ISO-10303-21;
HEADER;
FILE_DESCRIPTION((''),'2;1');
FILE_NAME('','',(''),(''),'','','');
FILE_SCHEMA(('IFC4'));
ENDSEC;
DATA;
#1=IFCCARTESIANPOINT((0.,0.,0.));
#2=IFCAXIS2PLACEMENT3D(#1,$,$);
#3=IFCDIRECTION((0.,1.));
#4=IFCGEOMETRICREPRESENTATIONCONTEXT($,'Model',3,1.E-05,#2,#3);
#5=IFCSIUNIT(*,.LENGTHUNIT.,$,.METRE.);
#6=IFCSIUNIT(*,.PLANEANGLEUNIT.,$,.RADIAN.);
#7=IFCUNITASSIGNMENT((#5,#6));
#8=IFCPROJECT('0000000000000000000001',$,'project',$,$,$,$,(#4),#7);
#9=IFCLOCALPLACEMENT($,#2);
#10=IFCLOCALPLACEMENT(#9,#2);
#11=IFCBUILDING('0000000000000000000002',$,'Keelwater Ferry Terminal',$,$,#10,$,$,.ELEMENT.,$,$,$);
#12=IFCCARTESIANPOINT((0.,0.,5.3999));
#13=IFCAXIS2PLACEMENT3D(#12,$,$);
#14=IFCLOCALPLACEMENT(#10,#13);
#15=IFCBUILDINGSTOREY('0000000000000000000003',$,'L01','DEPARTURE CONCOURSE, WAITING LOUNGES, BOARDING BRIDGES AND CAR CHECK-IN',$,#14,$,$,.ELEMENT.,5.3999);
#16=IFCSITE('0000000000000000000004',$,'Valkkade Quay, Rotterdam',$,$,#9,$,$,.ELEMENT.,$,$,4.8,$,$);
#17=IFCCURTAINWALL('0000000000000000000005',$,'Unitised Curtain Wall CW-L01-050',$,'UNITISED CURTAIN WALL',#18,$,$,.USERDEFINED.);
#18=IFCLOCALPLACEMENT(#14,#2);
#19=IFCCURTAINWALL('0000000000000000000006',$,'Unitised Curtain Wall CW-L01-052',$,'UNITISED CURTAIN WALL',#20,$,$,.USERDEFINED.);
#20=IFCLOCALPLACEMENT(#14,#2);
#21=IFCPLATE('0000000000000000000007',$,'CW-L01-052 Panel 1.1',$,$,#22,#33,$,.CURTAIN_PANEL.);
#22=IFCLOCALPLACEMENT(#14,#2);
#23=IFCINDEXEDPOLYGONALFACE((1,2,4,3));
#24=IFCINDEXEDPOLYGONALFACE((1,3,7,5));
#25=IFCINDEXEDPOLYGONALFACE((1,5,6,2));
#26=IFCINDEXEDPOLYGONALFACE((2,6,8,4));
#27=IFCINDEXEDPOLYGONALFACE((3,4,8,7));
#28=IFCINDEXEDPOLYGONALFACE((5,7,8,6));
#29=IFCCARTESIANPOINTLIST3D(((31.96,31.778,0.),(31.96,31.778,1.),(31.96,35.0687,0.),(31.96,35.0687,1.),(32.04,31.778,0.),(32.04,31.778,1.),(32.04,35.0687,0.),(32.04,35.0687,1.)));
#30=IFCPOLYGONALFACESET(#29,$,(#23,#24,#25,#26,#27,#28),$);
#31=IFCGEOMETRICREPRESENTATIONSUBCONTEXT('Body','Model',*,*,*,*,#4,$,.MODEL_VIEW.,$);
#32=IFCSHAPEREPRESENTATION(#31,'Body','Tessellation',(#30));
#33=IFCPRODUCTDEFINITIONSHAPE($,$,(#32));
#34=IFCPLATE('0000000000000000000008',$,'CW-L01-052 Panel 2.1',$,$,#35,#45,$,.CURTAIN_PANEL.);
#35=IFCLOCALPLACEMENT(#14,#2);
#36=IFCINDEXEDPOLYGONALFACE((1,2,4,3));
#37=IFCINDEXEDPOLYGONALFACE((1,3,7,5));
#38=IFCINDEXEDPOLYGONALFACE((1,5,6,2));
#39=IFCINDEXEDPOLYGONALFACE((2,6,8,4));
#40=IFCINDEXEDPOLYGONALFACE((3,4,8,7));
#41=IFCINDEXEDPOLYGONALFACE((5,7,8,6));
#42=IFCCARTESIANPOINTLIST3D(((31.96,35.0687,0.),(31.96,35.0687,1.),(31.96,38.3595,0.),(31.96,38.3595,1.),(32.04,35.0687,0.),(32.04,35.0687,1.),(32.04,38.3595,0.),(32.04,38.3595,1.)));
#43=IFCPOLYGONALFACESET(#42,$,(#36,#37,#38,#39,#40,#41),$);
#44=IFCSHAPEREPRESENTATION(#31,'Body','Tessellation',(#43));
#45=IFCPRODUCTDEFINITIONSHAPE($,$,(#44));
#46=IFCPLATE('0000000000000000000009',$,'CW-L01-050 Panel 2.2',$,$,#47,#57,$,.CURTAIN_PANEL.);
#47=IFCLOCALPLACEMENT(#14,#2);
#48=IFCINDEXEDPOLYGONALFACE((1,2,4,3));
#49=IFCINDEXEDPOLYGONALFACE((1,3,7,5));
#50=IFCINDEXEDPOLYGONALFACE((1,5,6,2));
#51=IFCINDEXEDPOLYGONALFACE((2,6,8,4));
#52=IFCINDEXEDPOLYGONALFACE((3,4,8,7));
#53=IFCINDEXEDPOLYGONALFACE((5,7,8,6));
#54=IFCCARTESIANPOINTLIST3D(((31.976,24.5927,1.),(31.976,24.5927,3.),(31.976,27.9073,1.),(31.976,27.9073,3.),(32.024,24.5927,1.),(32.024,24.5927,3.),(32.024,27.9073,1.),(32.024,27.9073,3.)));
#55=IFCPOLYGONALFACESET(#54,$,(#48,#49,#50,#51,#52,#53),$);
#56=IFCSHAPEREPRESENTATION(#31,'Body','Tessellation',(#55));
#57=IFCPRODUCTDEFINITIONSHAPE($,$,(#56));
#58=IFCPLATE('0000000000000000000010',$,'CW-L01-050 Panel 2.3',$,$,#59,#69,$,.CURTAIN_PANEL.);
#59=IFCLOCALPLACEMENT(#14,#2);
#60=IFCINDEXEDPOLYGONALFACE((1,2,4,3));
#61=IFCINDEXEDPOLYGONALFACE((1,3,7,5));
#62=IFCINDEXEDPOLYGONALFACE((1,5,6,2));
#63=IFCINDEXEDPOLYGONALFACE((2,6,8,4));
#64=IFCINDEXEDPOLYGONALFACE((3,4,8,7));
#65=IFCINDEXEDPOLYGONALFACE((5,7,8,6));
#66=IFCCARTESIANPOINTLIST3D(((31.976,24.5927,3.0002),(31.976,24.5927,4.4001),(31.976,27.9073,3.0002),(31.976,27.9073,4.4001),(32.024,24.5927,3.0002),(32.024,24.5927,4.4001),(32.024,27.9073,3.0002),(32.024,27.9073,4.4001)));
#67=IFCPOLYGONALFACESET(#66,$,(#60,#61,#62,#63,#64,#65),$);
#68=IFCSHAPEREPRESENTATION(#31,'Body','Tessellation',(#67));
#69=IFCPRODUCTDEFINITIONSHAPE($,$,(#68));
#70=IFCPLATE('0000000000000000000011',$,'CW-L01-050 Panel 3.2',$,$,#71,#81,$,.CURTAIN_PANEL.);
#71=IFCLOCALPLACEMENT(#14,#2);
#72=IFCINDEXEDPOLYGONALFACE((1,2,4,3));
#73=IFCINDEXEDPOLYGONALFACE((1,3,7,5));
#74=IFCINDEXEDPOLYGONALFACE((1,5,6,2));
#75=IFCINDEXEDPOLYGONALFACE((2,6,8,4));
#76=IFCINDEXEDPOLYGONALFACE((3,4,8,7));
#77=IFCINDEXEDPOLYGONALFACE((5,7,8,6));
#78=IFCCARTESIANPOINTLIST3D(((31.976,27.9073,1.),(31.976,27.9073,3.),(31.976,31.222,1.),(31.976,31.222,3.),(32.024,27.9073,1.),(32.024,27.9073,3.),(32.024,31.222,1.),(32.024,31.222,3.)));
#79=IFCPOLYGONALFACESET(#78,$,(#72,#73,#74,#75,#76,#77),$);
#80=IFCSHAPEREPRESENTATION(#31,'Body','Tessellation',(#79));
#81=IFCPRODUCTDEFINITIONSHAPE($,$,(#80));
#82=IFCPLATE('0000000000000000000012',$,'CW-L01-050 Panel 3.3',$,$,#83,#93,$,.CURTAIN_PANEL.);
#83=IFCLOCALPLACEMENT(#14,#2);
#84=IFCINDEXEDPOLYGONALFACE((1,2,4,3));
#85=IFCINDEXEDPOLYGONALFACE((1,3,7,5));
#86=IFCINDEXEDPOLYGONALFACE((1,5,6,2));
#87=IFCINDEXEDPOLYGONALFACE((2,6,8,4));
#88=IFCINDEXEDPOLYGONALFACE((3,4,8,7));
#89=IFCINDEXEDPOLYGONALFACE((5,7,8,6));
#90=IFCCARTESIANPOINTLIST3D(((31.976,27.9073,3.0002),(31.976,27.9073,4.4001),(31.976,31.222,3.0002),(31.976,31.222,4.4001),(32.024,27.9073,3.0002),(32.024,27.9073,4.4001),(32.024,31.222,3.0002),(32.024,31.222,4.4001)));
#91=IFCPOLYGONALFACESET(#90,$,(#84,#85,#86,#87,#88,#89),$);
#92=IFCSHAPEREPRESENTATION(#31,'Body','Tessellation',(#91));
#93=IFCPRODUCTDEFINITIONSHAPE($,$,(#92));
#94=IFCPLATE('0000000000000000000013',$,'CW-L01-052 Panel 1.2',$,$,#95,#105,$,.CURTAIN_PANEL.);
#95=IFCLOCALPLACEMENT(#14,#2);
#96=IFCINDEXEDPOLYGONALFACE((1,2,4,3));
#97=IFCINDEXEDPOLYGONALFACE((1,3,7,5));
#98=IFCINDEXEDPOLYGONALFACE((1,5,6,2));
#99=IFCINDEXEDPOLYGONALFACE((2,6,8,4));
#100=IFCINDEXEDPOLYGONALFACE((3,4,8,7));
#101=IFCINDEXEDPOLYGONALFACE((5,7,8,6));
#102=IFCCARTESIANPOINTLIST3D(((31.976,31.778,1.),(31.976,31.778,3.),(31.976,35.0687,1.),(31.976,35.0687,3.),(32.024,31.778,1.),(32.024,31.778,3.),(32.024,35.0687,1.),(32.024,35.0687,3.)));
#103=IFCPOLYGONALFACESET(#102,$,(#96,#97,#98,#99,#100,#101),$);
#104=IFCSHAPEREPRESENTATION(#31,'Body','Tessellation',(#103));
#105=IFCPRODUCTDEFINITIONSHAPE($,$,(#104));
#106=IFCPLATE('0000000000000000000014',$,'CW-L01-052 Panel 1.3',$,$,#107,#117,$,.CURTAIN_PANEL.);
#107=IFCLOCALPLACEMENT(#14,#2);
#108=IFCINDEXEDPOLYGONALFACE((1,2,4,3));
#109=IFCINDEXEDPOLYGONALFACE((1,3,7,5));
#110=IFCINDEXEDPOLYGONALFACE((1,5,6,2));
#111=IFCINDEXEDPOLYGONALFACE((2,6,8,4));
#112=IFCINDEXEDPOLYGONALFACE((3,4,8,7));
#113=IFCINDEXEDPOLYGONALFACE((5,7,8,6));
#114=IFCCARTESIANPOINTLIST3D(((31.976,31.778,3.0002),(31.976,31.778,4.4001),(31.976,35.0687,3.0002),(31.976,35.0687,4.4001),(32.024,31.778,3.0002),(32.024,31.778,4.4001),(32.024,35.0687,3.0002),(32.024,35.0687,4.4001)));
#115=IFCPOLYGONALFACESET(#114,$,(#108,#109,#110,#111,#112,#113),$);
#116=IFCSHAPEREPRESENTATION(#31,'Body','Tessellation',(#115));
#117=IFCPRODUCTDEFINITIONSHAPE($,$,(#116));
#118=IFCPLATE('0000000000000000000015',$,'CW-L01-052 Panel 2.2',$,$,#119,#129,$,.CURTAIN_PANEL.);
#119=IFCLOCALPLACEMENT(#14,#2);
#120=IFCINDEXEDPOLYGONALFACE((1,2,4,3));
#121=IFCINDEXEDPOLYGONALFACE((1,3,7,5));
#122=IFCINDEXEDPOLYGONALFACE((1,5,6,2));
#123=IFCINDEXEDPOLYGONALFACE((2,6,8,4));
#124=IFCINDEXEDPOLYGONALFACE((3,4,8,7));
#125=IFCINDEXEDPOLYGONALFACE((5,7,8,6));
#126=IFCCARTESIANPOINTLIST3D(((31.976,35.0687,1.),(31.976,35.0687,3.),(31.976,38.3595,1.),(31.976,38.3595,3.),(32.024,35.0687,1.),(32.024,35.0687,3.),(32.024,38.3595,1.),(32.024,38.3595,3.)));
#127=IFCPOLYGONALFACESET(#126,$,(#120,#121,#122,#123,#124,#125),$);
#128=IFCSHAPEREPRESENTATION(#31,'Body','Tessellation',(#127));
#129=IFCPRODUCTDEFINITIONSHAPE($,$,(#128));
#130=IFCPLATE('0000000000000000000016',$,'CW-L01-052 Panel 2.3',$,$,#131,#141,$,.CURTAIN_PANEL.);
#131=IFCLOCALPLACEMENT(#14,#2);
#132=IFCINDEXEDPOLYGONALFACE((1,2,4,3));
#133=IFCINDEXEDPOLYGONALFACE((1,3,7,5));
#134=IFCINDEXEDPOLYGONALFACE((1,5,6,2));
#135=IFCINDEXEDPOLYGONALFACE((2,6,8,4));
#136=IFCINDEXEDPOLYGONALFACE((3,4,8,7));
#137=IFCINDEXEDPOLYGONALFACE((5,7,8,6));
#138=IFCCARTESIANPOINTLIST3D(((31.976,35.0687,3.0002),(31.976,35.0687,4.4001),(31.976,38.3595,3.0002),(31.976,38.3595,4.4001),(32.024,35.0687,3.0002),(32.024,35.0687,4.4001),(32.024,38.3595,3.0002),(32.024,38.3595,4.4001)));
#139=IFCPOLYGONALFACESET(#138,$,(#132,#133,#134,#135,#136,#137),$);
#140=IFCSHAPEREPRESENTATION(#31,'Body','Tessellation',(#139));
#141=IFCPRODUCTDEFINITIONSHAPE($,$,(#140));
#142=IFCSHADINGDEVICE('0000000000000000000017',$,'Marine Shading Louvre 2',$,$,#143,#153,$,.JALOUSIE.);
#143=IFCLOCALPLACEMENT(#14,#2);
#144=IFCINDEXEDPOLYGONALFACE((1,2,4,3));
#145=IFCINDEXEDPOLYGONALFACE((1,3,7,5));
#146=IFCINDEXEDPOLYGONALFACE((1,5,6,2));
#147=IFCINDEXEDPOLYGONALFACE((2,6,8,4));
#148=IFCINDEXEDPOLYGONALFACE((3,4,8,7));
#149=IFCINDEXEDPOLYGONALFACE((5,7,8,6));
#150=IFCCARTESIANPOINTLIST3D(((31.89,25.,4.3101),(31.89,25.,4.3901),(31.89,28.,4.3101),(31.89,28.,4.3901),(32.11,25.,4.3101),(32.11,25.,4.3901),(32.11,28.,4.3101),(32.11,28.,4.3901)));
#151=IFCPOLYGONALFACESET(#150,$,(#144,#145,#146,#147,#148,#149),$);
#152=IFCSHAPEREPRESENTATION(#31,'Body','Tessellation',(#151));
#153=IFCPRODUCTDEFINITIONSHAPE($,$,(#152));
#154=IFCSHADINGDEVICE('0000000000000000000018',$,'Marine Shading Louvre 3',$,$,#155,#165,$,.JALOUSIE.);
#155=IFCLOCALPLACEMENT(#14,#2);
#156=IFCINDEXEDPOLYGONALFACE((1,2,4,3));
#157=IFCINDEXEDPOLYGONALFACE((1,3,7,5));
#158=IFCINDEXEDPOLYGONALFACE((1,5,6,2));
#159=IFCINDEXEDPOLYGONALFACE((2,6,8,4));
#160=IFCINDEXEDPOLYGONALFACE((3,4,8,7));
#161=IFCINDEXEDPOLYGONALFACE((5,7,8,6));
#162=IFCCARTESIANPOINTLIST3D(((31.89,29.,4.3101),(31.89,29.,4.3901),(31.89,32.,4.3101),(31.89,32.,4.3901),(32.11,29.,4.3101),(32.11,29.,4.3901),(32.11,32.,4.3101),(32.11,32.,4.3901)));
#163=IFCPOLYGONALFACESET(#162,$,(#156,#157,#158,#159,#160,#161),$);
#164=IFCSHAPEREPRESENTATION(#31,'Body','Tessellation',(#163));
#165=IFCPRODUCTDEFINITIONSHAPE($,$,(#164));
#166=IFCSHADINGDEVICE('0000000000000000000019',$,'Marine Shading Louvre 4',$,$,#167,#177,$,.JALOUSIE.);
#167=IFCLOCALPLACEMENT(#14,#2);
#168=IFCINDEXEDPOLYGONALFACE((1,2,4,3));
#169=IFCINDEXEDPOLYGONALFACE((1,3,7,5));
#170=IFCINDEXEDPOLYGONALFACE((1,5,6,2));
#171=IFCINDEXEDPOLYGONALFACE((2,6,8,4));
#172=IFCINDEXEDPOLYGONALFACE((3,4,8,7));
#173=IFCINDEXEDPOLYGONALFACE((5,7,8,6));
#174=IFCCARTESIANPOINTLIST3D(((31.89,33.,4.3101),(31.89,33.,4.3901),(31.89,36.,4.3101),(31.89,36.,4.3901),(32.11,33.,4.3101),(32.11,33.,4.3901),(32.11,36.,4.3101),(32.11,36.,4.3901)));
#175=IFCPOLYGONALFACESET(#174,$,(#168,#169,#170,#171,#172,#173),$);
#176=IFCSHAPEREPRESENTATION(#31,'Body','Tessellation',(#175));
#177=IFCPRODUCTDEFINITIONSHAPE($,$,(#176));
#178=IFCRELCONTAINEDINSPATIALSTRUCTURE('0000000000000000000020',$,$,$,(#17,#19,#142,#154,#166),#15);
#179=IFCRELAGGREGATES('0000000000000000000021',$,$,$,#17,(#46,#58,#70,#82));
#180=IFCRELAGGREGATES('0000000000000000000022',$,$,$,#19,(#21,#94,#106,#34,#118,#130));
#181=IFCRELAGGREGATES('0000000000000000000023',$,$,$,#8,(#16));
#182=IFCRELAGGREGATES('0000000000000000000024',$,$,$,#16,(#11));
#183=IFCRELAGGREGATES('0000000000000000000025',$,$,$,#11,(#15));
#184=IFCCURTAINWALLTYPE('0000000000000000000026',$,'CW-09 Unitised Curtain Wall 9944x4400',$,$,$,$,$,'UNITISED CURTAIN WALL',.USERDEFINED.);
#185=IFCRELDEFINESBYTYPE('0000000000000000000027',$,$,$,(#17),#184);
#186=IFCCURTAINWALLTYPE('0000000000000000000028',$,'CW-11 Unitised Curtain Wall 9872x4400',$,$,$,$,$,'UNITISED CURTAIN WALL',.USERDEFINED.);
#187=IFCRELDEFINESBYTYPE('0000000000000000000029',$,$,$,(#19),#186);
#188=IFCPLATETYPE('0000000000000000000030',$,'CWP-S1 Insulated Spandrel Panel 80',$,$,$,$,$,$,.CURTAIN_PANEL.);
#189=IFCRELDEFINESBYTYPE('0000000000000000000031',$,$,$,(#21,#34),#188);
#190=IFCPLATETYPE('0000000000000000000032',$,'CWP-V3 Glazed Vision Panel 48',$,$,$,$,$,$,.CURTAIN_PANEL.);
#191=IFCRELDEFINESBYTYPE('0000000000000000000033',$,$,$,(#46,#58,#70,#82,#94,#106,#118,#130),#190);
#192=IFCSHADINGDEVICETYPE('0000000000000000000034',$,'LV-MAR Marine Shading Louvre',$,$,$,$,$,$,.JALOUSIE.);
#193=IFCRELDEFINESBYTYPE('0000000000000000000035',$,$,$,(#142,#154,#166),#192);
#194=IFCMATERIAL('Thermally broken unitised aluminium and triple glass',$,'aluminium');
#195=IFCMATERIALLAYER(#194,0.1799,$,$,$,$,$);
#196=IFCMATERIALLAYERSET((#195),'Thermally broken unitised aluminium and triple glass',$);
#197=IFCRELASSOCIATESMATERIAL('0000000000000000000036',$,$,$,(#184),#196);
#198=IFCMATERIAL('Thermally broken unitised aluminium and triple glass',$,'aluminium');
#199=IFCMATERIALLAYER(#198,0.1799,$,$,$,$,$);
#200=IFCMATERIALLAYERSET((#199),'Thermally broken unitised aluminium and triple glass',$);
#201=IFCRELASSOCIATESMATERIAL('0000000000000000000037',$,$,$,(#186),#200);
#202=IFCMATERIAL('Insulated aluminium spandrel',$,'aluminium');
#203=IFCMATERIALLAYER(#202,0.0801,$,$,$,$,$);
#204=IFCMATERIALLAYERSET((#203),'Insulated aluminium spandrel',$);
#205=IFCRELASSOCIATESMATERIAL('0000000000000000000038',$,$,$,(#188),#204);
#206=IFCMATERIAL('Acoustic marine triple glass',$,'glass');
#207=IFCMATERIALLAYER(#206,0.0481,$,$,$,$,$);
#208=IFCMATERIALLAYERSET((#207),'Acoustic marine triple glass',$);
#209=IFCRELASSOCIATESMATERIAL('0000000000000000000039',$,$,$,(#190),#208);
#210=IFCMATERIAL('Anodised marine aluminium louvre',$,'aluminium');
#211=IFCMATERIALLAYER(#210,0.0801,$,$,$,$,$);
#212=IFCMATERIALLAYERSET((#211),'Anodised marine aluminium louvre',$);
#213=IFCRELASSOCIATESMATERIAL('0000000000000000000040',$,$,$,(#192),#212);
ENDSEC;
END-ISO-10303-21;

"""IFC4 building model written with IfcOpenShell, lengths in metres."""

from ifc_helpers import new_model, si_unit, direction, frame, origin, origin_2d, place, context, subcontext, project, spatial, rectangle, extrude, material, layer, layer_set, type_object, element, aggregate, save


model = new_model("IFC4")

# Units and contexts
model_context = context("Model", 3, precision=1e-05, world=origin(), true_north=direction((0.0, 1.0)))
body_context = subcontext(model_context, "Body", "Model", "MODEL_VIEW")
ifc_project = project(units=[si_unit("LENGTHUNIT", "METRE"), si_unit("PLANEANGLEUNIT", "RADIAN")], contexts=[model_context])

# Site, building, storey
site_placement = place(None, origin())
site = spatial("IfcSite", under=ifc_project, at=site_placement, Name="Valkkade Quay, Rotterdam", CompositionType="ELEMENT", RefElevation=4.8)
building_placement = place(site_placement, origin())
building = spatial("IfcBuilding", under=site, at=building_placement, Name="Keelwater Ferry Terminal", CompositionType="ELEMENT")
storey_placement = place(building_placement, frame((0.0, 0.0, 5.3999)))
storey = spatial("IfcBuildingStorey", under=building, at=storey_placement, Name="L01", Description="DEPARTURE CONCOURSE, WAITING LOUNGES, BOARDING BRIDGES AND CAR CHECK-IN", CompositionType="ELEMENT", Elevation=5.3999)

# Curtain walls
ifc_material_1 = material(Name="Thermally broken unitised aluminium and triple glass", Category="aluminium")
ifc_layer_1 = layer(ifc_material_1, 0.1799)
ifc_layer_set_1 = layer_set([ifc_layer_1], Name="Thermally broken unitised aluminium and triple glass")
curtain_wall_type_1 = type_object("IfcCurtainWallType", Name="CW-09 Unitised Curtain Wall 9944x4400", ElementType="UNITISED CURTAIN WALL", PredefinedType="USERDEFINED", material=ifc_layer_set_1)
curtain_wall_1_placement = place(storey_placement, origin())
curtain_wall_1 = element("IfcCurtainWall", 1, at=curtain_wall_1_placement, inside=storey, type_object=curtain_wall_type_1, Name="Unitised Curtain Wall CW-L01-050", ObjectType="UNITISED CURTAIN WALL", PredefinedType="USERDEFINED")
ifc_material_2 = material(Name="Thermally broken unitised aluminium and triple glass", Category="aluminium")
ifc_layer_2 = layer(ifc_material_2, 0.1799)
ifc_layer_set_2 = layer_set([ifc_layer_2], Name="Thermally broken unitised aluminium and triple glass")
curtain_wall_type_2 = type_object("IfcCurtainWallType", Name="CW-11 Unitised Curtain Wall 9872x4400", ElementType="UNITISED CURTAIN WALL", PredefinedType="USERDEFINED", material=ifc_layer_set_2)
curtain_wall_2_placement = place(storey_placement, origin())
curtain_wall_2 = element("IfcCurtainWall", 2, at=curtain_wall_2_placement, inside=storey, type_object=curtain_wall_type_2, Name="Unitised Curtain Wall CW-L01-052", ObjectType="UNITISED CURTAIN WALL", PredefinedType="USERDEFINED")

# Plates
ifc_material_3 = material(Name="Insulated aluminium spandrel", Category="aluminium")
ifc_layer_3 = layer(ifc_material_3, 0.0801)
ifc_layer_set_3 = layer_set([ifc_layer_3], Name="Insulated aluminium spandrel")
plate_type_1 = type_object("IfcPlateType", Name="CWP-S1 Insulated Spandrel Panel 80", PredefinedType="CURTAIN_PANEL", material=ifc_layer_set_3)
plate_1_placement = place(storey_placement, frame((32.0, 33.4233, 0.0), z_axis=(0.0, 0.0, 1.0), x_axis=(0.0, 1.0, 0.0)))
plate_1 = element("IfcPlate", 3, at=plate_1_placement, type_object=plate_type_1, Name="CW-L01-052 Panel 1.1", PredefinedType="CURTAIN_PANEL", context=body_context, shape_type="SweptSolid", body=[
    extrude(rectangle(XDim=3.2908, YDim=0.0801, at=origin_2d()), origin(), (0.0, 0.0, 1.0), 1.0),
])
plate_2_placement = place(storey_placement, frame((32.0, 36.7141, 0.0), z_axis=(0.0, 0.0, 1.0), x_axis=(0.0, 1.0, 0.0)))
plate_2 = element("IfcPlate", 4, at=plate_2_placement, type_object=plate_type_1, Name="CW-L01-052 Panel 2.1", PredefinedType="CURTAIN_PANEL", context=body_context, shape_type="SweptSolid", body=[
    extrude(rectangle(XDim=3.2908, YDim=0.0801, at=origin_2d()), origin(), (0.0, 0.0, 1.0), 1.0),
])
ifc_material_4 = material(Name="Acoustic marine triple glass", Category="glass")
ifc_layer_4 = layer(ifc_material_4, 0.0481)
ifc_layer_set_4 = layer_set([ifc_layer_4], Name="Acoustic marine triple glass")
plate_type_2 = type_object("IfcPlateType", Name="CWP-V3 Glazed Vision Panel 48", PredefinedType="CURTAIN_PANEL", material=ifc_layer_set_4)
plate_3_placement = place(storey_placement, frame((32.0, 26.25, 1.0), z_axis=(0.0, 0.0, 1.0), x_axis=(0.0, 1.0, 0.0)))
plate_3 = element("IfcPlate", 5, at=plate_3_placement, type_object=plate_type_2, Name="CW-L01-050 Panel 2.2", PredefinedType="CURTAIN_PANEL", context=body_context, shape_type="SweptSolid", body=[
    extrude(rectangle(XDim=3.3147, YDim=0.0481, at=origin_2d()), origin(), (0.0, 0.0, 1.0), 2.0),
])
plate_4_placement = place(storey_placement, frame((32.0, 26.25, 3.0002), z_axis=(0.0, 0.0, 1.0), x_axis=(0.0, 1.0, 0.0)))
plate_4 = element("IfcPlate", 6, at=plate_4_placement, type_object=plate_type_2, Name="CW-L01-050 Panel 2.3", PredefinedType="CURTAIN_PANEL", context=body_context, shape_type="SweptSolid", body=[
    extrude(rectangle(XDim=3.3147, YDim=0.0481, at=origin_2d()), origin(), (0.0, 0.0, 1.0), 1.3999),
])
plate_5_placement = place(storey_placement, frame((32.0, 29.5647, 1.0), z_axis=(0.0, 0.0, 1.0), x_axis=(0.0, 1.0, 0.0)))
plate_5 = element("IfcPlate", 7, at=plate_5_placement, type_object=plate_type_2, Name="CW-L01-050 Panel 3.2", PredefinedType="CURTAIN_PANEL", context=body_context, shape_type="SweptSolid", body=[
    extrude(rectangle(XDim=3.3147, YDim=0.0481, at=origin_2d()), origin(), (0.0, 0.0, 1.0), 2.0),
])
plate_6_placement = place(storey_placement, frame((32.0, 29.5647, 3.0002), z_axis=(0.0, 0.0, 1.0), x_axis=(0.0, 1.0, 0.0)))
plate_6 = element("IfcPlate", 8, at=plate_6_placement, type_object=plate_type_2, Name="CW-L01-050 Panel 3.3", PredefinedType="CURTAIN_PANEL", context=body_context, shape_type="SweptSolid", body=[
    extrude(rectangle(XDim=3.3147, YDim=0.0481, at=origin_2d()), origin(), (0.0, 0.0, 1.0), 1.3999),
])
aggregate(curtain_wall_1, [plate_3, plate_4, plate_5, plate_6])
plate_7_placement = place(storey_placement, frame((32.0, 33.4233, 1.0), z_axis=(0.0, 0.0, 1.0), x_axis=(0.0, 1.0, 0.0)))
plate_7 = element("IfcPlate", 9, at=plate_7_placement, type_object=plate_type_2, Name="CW-L01-052 Panel 1.2", PredefinedType="CURTAIN_PANEL", context=body_context, shape_type="SweptSolid", body=[
    extrude(rectangle(XDim=3.2908, YDim=0.0481, at=origin_2d()), origin(), (0.0, 0.0, 1.0), 2.0),
])
plate_8_placement = place(storey_placement, frame((32.0, 33.4233, 3.0002), z_axis=(0.0, 0.0, 1.0), x_axis=(0.0, 1.0, 0.0)))
plate_8 = element("IfcPlate", 10, at=plate_8_placement, type_object=plate_type_2, Name="CW-L01-052 Panel 1.3", PredefinedType="CURTAIN_PANEL", context=body_context, shape_type="SweptSolid", body=[
    extrude(rectangle(XDim=3.2908, YDim=0.0481, at=origin_2d()), origin(), (0.0, 0.0, 1.0), 1.3999),
])
plate_9_placement = place(storey_placement, frame((32.0, 36.7141, 1.0), z_axis=(0.0, 0.0, 1.0), x_axis=(0.0, 1.0, 0.0)))
plate_9 = element("IfcPlate", 11, at=plate_9_placement, type_object=plate_type_2, Name="CW-L01-052 Panel 2.2", PredefinedType="CURTAIN_PANEL", context=body_context, shape_type="SweptSolid", body=[
    extrude(rectangle(XDim=3.2908, YDim=0.0481, at=origin_2d()), origin(), (0.0, 0.0, 1.0), 2.0),
])
plate_10_placement = place(storey_placement, frame((32.0, 36.7141, 3.0002), z_axis=(0.0, 0.0, 1.0), x_axis=(0.0, 1.0, 0.0)))
plate_10 = element("IfcPlate", 12, at=plate_10_placement, type_object=plate_type_2, Name="CW-L01-052 Panel 2.3", PredefinedType="CURTAIN_PANEL", context=body_context, shape_type="SweptSolid", body=[
    extrude(rectangle(XDim=3.2908, YDim=0.0481, at=origin_2d()), origin(), (0.0, 0.0, 1.0), 1.3999),
])
aggregate(curtain_wall_2, [plate_1, plate_7, plate_8, plate_2, plate_9, plate_10])

# Shading devices
ifc_material_5 = material(Name="Anodised marine aluminium louvre", Category="aluminium")
ifc_layer_5 = layer(ifc_material_5, 0.0801)
ifc_layer_set_5 = layer_set([ifc_layer_5], Name="Anodised marine aluminium louvre")
shading_device_type = type_object("IfcShadingDeviceType", Name="LV-MAR Marine Shading Louvre", PredefinedType="JALOUSIE", material=ifc_layer_set_5)
for number, where, z_axis, x_axis, name in (
    (13, (32.0, 26.5, 4.3101), (0.0, 0.0, 1.0), (1.0, 0.0, 0.0), "Marine Shading Louvre 2"),
    (14, (32.0, 30.5, 4.3101), (0.0, 0.0, 1.0), (1.0, 0.0, 0.0), "Marine Shading Louvre 3"),
    (15, (32.0, 34.5, 4.3101), (0.0, 0.0, 1.0), (1.0, 0.0, 0.0), "Marine Shading Louvre 4"),
):
    element("IfcShadingDevice", number, at=place(storey_placement, frame(where, z_axis=z_axis, x_axis=x_axis)), inside=storey, type_object=shading_device_type, Name=name, PredefinedType="JALOUSIE", context=body_context, shape_type="SweptSolid", body=[
        extrude(rectangle(XDim=0.22, YDim=3.0, at=origin_2d()), origin(), (0.0, 0.0, 1.0), 0.0801),
    ])

save(model, "model.ifc")
